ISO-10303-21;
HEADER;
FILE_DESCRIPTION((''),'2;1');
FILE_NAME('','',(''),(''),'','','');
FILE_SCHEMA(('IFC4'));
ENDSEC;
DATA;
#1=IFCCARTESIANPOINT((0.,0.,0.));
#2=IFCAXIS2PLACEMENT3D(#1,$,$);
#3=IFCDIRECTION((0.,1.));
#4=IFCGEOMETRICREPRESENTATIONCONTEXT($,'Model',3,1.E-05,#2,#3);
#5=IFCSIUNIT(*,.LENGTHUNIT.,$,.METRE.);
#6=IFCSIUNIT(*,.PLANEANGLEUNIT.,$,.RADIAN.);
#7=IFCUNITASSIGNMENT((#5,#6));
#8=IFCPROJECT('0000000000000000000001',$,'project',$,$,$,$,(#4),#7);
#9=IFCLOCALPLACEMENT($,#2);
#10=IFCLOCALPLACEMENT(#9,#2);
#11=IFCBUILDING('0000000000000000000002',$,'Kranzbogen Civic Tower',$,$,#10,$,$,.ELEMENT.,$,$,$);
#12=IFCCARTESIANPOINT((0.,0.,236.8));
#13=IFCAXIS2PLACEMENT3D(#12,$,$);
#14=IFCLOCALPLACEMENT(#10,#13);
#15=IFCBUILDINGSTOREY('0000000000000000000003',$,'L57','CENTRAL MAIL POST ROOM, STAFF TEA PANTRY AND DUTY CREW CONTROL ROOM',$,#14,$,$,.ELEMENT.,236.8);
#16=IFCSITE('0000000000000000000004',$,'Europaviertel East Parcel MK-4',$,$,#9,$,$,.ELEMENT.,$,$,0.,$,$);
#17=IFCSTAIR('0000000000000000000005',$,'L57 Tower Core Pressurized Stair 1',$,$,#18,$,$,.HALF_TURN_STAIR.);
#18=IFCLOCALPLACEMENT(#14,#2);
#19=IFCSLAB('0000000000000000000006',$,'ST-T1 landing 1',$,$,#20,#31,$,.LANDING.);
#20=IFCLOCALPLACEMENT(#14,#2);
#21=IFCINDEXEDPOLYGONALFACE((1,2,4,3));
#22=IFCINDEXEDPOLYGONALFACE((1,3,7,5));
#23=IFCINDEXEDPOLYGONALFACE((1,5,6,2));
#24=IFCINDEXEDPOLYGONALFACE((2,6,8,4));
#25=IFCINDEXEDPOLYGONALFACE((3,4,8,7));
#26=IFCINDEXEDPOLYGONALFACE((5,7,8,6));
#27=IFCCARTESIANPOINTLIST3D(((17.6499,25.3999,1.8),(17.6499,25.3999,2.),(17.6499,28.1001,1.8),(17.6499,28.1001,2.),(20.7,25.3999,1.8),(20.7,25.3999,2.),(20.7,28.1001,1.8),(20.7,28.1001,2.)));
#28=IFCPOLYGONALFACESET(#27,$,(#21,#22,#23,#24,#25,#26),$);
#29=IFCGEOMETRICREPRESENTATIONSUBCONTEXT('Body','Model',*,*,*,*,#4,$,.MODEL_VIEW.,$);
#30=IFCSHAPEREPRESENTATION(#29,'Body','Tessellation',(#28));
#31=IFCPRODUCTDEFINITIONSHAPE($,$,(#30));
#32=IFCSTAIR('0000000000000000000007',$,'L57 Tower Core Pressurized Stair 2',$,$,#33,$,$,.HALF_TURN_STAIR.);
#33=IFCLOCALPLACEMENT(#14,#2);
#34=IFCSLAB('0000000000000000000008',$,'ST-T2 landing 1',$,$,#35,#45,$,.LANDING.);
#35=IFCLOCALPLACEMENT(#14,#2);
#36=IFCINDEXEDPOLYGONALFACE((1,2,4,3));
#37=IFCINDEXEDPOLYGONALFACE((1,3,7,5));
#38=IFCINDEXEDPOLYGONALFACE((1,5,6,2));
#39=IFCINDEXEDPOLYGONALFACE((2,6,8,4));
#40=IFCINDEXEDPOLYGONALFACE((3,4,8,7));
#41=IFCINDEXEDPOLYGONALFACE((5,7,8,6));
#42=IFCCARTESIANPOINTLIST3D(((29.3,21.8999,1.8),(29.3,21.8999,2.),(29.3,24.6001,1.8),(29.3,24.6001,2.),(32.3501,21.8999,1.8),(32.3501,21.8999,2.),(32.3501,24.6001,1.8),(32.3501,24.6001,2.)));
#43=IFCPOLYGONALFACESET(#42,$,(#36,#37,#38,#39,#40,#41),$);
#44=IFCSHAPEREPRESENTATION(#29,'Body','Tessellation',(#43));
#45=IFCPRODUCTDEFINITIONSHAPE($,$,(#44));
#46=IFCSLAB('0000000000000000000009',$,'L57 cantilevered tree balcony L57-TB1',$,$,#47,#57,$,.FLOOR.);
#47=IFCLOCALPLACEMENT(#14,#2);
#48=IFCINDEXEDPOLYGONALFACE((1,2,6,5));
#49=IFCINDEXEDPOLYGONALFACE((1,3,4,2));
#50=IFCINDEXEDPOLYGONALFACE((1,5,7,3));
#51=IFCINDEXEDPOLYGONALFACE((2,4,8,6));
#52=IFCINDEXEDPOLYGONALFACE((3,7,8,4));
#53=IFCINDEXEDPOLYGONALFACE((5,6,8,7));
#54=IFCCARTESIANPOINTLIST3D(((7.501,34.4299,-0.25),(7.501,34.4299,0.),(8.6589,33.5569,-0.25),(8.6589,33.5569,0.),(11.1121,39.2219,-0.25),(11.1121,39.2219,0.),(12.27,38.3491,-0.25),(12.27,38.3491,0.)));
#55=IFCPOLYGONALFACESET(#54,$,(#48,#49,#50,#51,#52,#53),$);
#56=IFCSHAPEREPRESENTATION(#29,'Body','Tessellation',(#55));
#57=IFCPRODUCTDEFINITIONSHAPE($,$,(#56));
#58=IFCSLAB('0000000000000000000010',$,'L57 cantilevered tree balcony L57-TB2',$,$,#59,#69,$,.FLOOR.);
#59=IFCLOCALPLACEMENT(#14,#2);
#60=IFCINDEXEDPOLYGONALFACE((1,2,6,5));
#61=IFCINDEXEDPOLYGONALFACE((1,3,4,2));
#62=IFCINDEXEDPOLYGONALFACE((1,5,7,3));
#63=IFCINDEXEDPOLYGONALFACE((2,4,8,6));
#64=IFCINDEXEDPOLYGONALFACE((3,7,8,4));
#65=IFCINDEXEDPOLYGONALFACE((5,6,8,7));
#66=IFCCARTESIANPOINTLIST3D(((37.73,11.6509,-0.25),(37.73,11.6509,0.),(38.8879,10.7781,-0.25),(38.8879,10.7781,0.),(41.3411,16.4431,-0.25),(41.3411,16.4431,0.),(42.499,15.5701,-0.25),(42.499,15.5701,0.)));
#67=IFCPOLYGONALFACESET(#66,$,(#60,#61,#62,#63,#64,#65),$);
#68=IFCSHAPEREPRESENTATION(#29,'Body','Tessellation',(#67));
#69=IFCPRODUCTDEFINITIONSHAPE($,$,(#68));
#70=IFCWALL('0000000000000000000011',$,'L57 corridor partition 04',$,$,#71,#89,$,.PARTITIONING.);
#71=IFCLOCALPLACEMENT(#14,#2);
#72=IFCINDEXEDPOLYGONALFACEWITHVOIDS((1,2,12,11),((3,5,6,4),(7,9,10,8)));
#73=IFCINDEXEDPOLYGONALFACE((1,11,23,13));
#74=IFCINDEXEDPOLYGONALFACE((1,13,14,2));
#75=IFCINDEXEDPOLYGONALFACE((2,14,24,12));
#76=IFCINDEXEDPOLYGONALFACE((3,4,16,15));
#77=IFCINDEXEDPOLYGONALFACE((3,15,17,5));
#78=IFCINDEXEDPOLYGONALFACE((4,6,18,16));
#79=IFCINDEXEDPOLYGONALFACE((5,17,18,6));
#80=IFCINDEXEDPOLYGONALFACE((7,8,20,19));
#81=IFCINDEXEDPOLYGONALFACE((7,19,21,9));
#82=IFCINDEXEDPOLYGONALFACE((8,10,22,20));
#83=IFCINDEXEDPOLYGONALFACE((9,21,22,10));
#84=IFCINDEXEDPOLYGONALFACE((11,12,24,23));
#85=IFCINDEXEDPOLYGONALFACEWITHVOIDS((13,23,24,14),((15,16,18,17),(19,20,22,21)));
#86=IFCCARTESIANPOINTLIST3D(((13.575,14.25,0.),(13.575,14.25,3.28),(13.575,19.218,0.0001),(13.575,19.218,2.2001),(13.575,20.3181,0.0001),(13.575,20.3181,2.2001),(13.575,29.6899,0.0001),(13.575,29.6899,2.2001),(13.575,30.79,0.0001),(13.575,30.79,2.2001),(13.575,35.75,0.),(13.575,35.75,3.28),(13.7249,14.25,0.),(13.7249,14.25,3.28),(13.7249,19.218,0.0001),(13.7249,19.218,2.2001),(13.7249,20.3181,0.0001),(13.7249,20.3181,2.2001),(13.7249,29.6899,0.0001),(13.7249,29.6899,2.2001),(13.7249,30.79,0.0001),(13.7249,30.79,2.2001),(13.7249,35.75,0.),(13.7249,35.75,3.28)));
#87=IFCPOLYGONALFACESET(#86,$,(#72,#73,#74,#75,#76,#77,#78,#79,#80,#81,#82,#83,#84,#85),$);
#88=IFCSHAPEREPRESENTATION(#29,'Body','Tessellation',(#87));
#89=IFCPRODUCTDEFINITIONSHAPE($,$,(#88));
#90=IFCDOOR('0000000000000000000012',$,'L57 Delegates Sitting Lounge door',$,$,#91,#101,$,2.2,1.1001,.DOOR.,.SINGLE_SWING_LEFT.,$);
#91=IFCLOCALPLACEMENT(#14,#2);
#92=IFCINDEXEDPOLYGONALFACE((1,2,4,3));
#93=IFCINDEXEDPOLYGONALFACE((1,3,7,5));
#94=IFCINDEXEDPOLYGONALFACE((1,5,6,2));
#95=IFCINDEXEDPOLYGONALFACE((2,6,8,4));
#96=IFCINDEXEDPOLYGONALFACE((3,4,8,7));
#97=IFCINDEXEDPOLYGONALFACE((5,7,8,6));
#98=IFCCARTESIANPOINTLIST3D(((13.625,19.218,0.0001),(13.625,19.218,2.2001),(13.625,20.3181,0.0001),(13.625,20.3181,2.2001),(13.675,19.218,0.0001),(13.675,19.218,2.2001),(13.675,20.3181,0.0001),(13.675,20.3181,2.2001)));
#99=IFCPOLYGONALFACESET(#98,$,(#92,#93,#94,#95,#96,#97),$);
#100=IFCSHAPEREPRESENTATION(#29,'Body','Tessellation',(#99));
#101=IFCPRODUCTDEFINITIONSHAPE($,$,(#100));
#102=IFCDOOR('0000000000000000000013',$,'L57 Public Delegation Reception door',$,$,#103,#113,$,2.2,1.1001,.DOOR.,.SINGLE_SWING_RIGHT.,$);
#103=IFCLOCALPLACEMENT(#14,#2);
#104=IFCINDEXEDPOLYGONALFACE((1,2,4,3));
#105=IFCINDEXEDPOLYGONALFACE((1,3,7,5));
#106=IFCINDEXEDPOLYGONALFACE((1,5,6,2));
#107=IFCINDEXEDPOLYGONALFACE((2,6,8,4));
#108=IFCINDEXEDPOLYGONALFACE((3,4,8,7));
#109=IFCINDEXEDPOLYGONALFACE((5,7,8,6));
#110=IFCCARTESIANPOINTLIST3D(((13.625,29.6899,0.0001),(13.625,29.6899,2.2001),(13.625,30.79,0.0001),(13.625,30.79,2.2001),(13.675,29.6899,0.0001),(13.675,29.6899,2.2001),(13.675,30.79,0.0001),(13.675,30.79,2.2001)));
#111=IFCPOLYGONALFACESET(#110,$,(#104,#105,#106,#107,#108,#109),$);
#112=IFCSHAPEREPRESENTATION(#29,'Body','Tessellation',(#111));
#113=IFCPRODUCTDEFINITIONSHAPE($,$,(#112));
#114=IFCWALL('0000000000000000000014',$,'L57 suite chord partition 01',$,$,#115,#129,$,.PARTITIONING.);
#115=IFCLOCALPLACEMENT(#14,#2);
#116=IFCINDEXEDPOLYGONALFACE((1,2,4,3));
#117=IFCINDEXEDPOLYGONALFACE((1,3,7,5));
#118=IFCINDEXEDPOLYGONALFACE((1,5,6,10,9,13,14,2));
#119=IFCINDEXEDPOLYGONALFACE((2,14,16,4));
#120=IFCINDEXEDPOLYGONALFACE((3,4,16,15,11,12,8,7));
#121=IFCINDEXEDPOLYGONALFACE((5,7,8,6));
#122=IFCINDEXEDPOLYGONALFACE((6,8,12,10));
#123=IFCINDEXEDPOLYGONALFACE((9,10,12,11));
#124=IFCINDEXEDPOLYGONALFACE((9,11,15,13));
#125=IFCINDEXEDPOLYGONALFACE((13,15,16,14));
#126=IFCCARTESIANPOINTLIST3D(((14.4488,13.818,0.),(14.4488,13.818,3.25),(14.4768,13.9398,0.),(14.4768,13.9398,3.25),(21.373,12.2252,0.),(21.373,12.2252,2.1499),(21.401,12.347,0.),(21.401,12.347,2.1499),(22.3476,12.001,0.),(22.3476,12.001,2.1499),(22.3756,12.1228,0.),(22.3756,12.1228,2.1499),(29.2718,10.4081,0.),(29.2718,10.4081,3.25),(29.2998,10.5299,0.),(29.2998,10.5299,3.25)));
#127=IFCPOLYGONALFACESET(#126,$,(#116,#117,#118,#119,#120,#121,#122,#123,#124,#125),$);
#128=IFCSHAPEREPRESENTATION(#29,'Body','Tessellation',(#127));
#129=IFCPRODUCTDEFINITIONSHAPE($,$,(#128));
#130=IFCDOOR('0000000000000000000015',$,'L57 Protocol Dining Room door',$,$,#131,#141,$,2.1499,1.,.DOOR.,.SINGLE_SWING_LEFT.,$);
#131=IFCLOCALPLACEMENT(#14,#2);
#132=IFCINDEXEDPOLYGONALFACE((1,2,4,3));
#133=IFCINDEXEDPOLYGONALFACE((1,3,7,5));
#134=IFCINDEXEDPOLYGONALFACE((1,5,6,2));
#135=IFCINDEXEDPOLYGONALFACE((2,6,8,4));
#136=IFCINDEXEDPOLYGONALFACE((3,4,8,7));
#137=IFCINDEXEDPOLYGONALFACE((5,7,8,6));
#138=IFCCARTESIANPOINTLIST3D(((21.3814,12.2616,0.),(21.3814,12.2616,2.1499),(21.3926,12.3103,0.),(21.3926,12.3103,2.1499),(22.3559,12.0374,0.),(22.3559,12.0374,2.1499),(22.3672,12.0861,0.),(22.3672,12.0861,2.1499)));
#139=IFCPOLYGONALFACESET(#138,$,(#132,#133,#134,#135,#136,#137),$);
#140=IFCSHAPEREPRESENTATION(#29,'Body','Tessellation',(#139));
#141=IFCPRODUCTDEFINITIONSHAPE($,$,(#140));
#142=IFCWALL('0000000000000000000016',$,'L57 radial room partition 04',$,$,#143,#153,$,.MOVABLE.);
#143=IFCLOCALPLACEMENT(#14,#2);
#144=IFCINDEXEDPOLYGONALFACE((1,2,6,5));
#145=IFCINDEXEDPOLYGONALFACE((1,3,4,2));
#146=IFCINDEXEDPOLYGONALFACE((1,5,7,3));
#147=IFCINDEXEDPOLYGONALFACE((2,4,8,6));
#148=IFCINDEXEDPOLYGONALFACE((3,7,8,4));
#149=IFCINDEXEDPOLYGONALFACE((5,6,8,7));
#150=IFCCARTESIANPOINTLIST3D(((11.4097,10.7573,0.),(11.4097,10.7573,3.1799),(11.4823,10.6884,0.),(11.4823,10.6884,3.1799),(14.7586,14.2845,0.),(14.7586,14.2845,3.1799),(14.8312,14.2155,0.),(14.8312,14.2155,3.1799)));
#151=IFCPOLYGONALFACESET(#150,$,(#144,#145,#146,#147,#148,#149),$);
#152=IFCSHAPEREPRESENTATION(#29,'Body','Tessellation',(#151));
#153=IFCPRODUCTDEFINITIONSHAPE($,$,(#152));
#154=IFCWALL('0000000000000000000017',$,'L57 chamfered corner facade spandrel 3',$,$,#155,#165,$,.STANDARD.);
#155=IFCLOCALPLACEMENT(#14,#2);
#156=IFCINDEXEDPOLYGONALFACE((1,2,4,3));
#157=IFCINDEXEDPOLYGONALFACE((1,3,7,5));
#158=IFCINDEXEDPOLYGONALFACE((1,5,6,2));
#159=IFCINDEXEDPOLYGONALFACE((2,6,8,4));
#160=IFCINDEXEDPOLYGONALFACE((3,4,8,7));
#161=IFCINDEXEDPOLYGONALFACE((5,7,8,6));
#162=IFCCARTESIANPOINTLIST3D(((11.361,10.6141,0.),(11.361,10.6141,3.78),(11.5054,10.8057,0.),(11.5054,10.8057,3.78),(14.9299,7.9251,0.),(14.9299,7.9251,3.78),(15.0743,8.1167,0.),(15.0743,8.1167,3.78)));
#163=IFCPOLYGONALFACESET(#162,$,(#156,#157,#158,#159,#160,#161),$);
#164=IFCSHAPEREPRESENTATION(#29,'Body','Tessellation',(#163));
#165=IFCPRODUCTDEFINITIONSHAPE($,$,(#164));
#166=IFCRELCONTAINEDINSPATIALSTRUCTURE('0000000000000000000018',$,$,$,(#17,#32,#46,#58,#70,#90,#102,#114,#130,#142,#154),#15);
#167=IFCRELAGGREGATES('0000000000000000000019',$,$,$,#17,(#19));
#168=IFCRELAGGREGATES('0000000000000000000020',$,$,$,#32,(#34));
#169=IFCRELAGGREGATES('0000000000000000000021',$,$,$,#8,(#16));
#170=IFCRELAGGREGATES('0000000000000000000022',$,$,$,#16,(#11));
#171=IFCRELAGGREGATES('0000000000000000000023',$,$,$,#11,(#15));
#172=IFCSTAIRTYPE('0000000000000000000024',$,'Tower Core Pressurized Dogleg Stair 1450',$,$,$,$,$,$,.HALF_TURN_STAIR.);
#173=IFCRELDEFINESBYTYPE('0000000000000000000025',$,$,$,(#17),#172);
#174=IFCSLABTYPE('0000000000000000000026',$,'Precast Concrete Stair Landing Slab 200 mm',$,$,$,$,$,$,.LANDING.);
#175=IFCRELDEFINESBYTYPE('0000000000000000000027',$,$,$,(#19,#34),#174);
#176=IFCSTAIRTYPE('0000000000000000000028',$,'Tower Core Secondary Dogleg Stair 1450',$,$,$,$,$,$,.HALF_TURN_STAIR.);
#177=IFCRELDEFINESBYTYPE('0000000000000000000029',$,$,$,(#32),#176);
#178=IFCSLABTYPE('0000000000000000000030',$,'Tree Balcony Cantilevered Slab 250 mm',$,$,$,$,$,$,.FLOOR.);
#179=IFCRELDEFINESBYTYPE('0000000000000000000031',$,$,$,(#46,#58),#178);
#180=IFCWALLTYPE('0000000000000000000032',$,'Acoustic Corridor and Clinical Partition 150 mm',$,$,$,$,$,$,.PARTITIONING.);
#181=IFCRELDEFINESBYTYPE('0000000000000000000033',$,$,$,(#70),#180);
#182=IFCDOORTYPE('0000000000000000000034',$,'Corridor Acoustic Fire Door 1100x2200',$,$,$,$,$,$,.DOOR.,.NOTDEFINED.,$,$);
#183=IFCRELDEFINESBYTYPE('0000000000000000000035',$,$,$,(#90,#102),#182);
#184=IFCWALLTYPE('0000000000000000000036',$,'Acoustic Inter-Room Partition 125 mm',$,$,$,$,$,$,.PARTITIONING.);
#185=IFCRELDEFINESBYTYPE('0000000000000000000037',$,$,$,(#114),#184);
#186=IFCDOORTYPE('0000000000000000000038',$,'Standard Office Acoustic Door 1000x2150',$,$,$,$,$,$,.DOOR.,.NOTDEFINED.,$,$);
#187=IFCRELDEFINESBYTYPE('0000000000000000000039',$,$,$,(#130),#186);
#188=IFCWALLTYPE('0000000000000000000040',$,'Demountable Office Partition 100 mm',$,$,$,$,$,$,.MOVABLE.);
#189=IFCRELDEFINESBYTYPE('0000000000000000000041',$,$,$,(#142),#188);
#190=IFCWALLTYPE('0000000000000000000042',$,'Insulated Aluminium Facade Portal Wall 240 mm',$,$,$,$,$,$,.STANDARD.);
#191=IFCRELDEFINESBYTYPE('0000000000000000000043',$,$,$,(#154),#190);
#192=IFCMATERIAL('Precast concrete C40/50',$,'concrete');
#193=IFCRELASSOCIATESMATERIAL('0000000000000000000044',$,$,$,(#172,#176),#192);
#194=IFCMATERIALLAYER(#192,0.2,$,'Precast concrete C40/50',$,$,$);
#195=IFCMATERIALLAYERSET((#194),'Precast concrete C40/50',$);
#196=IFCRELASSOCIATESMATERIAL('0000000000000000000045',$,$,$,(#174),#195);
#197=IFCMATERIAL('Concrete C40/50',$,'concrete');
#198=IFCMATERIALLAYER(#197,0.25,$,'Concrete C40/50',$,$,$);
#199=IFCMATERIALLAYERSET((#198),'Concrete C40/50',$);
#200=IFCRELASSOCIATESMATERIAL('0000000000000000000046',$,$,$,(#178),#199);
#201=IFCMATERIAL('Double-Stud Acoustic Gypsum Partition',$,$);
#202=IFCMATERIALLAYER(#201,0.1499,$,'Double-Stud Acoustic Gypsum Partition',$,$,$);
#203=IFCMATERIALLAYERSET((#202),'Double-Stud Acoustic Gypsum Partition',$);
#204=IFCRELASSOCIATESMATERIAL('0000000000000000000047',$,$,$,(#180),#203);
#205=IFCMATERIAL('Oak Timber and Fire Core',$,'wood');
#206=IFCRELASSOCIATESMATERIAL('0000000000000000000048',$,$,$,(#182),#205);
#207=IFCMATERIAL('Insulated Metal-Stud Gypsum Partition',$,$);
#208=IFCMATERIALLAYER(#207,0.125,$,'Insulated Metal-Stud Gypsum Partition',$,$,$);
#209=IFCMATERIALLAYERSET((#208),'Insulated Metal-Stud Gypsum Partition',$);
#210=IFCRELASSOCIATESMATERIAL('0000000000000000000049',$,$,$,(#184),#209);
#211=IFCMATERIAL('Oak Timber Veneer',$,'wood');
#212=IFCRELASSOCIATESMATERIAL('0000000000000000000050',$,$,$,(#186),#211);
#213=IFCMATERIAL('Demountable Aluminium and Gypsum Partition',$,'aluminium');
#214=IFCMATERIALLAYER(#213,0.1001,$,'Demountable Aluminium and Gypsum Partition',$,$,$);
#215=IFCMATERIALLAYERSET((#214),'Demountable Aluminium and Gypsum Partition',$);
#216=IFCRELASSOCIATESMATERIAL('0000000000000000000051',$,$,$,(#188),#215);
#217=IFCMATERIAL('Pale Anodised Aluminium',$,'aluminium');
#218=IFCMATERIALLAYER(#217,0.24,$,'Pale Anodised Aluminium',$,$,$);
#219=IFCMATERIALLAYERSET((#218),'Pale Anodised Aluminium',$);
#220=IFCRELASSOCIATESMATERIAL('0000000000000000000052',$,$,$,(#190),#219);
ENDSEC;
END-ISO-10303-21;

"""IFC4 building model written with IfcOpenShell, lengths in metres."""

from ifc_helpers import new_model, si_unit, direction, frame, frame_2d, origin, place, context, subcontext, project, spatial, polyline, rectangle, outline, extrude, material, layer, layer_set, type_object, element, fill, aggregate, save


model = new_model("IFC4")

# Units and contexts
model_context = context("Model", 3, precision=1e-05, world=origin(), true_north=direction((0.0, 1.0)))
body_context = subcontext(model_context, "Body", "Model", "MODEL_VIEW")
ifc_project = project(units=[si_unit("LENGTHUNIT", "METRE"), si_unit("PLANEANGLEUNIT", "RADIAN")], contexts=[model_context])

# Site, building, storey
site_placement = place(None, origin())
site = spatial("IfcSite", under=ifc_project, at=site_placement, Name="Europaviertel East Parcel MK-4", CompositionType="ELEMENT", RefElevation=0.0)
building_placement = place(site_placement, origin())
building = spatial("IfcBuilding", under=site, at=building_placement, Name="Kranzbogen Civic Tower", CompositionType="ELEMENT")
storey_placement = place(building_placement, frame((0.0, 0.0, 236.8)))
storey = spatial("IfcBuildingStorey", under=building, at=storey_placement, Name="L57", Description="CENTRAL MAIL POST ROOM, STAFF TEA PANTRY AND DUTY CREW CONTROL ROOM", CompositionType="ELEMENT", Elevation=236.8)

# Shared definitions
ifc_material_1 = material(Name="Pale Anodised Aluminium", Category="aluminium")

# Shared definitions
ifc_material_2 = material(Name="Concrete C40/50", Category="concrete")

# Stairs, slabs
ifc_material_3 = material(Name="Precast concrete C40/50", Category="concrete")
stair_type_1 = type_object("IfcStairType", Name="Tower Core Pressurized Dogleg Stair 1450", PredefinedType="HALF_TURN_STAIR", material=ifc_material_3)
stair_1_placement = place(storey_placement, origin())
stair_1 = element("IfcStair", 1, at=stair_1_placement, inside=storey, type_object=stair_type_1, Name="L57 Tower Core Pressurized Stair 1", PredefinedType="HALF_TURN_STAIR")
ifc_layer_1 = layer(ifc_material_3, 0.2, Name="Precast concrete C40/50")
ifc_layer_set_1 = layer_set([ifc_layer_1], Name="Precast concrete C40/50")
slab_type_1 = type_object("IfcSlabType", Name="Precast Concrete Stair Landing Slab 200 mm", PredefinedType="LANDING", material=ifc_layer_set_1)
slab_1_placement = place(storey_placement, frame((0.0, 0.0, 1.8)))
slab_1 = element("IfcSlab", 2, at=slab_1_placement, type_object=slab_type_1, Name="ST-T1 landing 1", PredefinedType="LANDING", context=body_context, shape_type="SweptSolid", body=[
    extrude(outline(polyline([(20.7, 25.3999), (20.7, 28.1001), (17.6499, 28.1001), (17.6499, 25.3999), (20.7, 25.3999)])), origin(), (0.0, 0.0, 1.0), 0.2),
])
aggregate(stair_1, [slab_1])
stair_type_2 = type_object("IfcStairType", Name="Tower Core Secondary Dogleg Stair 1450", PredefinedType="HALF_TURN_STAIR", material=ifc_material_3)
stair_2_placement = place(storey_placement, origin())
stair_2 = element("IfcStair", 3, at=stair_2_placement, inside=storey, type_object=stair_type_2, Name="L57 Tower Core Pressurized Stair 2", PredefinedType="HALF_TURN_STAIR")
slab_2_placement = place(storey_placement, frame((0.0, 0.0, 1.8)))
slab_2 = element("IfcSlab", 4, at=slab_2_placement, type_object=slab_type_1, Name="ST-T2 landing 1", PredefinedType="LANDING", context=body_context, shape_type="SweptSolid", body=[
    extrude(outline(polyline([(29.3, 24.6001), (29.3, 21.8999), (32.3501, 21.8999), (32.3501, 24.6001), (29.3, 24.6001)])), origin(), (0.0, 0.0, 1.0), 0.2),
])
aggregate(stair_2, [slab_2])

# Slabs
ifc_layer_2 = layer(ifc_material_2, 0.25, Name="Concrete C40/50")
ifc_layer_set_2 = layer_set([ifc_layer_2], Name="Concrete C40/50")
slab_type_2 = type_object("IfcSlabType", Name="Tree Balcony Cantilevered Slab 250 mm", PredefinedType="FLOOR", material=ifc_layer_set_2)
slab_3_placement = place(storey_placement, frame((0.0, 0.0, -0.25)))
element("IfcSlab", 5, at=slab_3_placement, inside=storey, type_object=slab_type_2, Name="L57 cantilevered tree balcony L57-TB1", PredefinedType="FLOOR", context=body_context, shape_type="SweptSolid", body=[
    extrude(outline(polyline([(12.27, 38.3491), (8.6589, 33.5569), (7.501, 34.4299), (11.1121, 39.2219), (12.27, 38.3491)])), origin(), (0.0, 0.0, 1.0), 0.25),
])
slab_4_placement = place(storey_placement, frame((0.0, 0.0, -0.25)))
element("IfcSlab", 6, at=slab_4_placement, inside=storey, type_object=slab_type_2, Name="L57 cantilevered tree balcony L57-TB2", PredefinedType="FLOOR", context=body_context, shape_type="SweptSolid", body=[
    extrude(outline(polyline([(37.73, 11.6509), (41.3411, 16.4431), (42.499, 15.5701), (38.8879, 10.7781), (37.73, 11.6509)])), origin(), (0.0, 0.0, 1.0), 0.25),
])

# Wall, openings, doors
ifc_material_4 = material(Name="Double-Stud Acoustic Gypsum Partition")
ifc_layer_3 = layer(ifc_material_4, 0.1499, Name="Double-Stud Acoustic Gypsum Partition")
ifc_layer_set_3 = layer_set([ifc_layer_3], Name="Double-Stud Acoustic Gypsum Partition")
wall_type_1 = type_object("IfcWallType", Name="Acoustic Corridor and Clinical Partition 150 mm", PredefinedType="PARTITIONING", material=ifc_layer_set_3)
wall_1_placement = place(storey_placement, frame((13.6499, 14.25, 0.0), z_axis=(0.0, 0.0, 1.0), x_axis=(0.0, 1.0, 0.0)))
wall_1 = element("IfcWall", 7, at=wall_1_placement, inside=storey, type_object=wall_type_1, Name="L57 corridor partition 04", PredefinedType="PARTITIONING", context=body_context, shape_type="SweptSolid", body=[
    extrude(rectangle(XDim=21.5, YDim=0.1499, at=frame_2d((10.75, 0.0))), origin(), (0.0, 0.0, 1.0), 3.28),
])
opening_1_placement = place(wall_1_placement, frame((4.968, 0.0, 0.0)))
opening_1 = element("IfcOpeningElement", 8, at=opening_1_placement, cuts=wall_1, PredefinedType="OPENING", context=body_context, shape_type="SweptSolid", body=[
    extrude(rectangle(XDim=1.1001, YDim=2.2, at=frame_2d((0.55, 1.1001))), frame((0.0, 0.085, 0.0), z_axis=(0.0, -1.0, 0.0), x_axis=(1.0, 0.0, 0.0)), (0.0, 0.0, 1.0), 0.1699),
])
opening_2_placement = place(wall_1_placement, frame((15.4399, 0.0, 0.0)))
opening_2 = element("IfcOpeningElement", 9, at=opening_2_placement, cuts=wall_1, PredefinedType="OPENING", context=body_context, shape_type="SweptSolid", body=[
    extrude(rectangle(XDim=1.1001, YDim=2.2, at=frame_2d((0.55, 1.1001))), frame((0.0, 0.085, 0.0), z_axis=(0.0, -1.0, 0.0), x_axis=(1.0, 0.0, 0.0)), (0.0, 0.0, 1.0), 0.1699),
])
ifc_material_5 = material(Name="Oak Timber and Fire Core", Category="wood")
door_type_1 = type_object("IfcDoorType", Name="Corridor Acoustic Fire Door 1100x2200", OperationType="NOTDEFINED", PredefinedType="DOOR", material=ifc_material_5)
door_1_placement = place(opening_1_placement, origin())
door_1 = element("IfcDoor", 10, at=door_1_placement, inside=storey, type_object=door_type_1, Name="L57 Delegates Sitting Lounge door", OperationType="SINGLE_SWING_LEFT", OverallHeight=2.2, OverallWidth=1.1001, PredefinedType="DOOR", context=body_context, shape_type="SweptSolid", body=[
    extrude(rectangle(XDim=1.1001, YDim=2.2, at=frame_2d((0.55, 1.1001))), frame((0.0, 0.0249, 0.0), z_axis=(0.0, -1.0, 0.0), x_axis=(1.0, 0.0, 0.0)), (0.0, 0.0, 1.0), 0.05),
])
fill(opening_1, door_1)
door_2_placement = place(opening_2_placement, origin())
door_2 = element("IfcDoor", 11, at=door_2_placement, inside=storey, type_object=door_type_1, Name="L57 Public Delegation Reception door", OperationType="SINGLE_SWING_RIGHT", OverallHeight=2.2, OverallWidth=1.1001, PredefinedType="DOOR", context=body_context, shape_type="SweptSolid", body=[
    extrude(rectangle(XDim=1.1001, YDim=2.2, at=frame_2d((0.55, 1.1001))), frame((0.0, 0.0249, 0.0), z_axis=(0.0, -1.0, 0.0), x_axis=(1.0, 0.0, 0.0)), (0.0, 0.0, 1.0), 0.05),
])
fill(opening_2, door_2)

# Wall, opening, door
ifc_material_6 = material(Name="Insulated Metal-Stud Gypsum Partition")
ifc_layer_4 = layer(ifc_material_6, 0.125, Name="Insulated Metal-Stud Gypsum Partition")
ifc_layer_set_4 = layer_set([ifc_layer_4], Name="Insulated Metal-Stud Gypsum Partition")
wall_type_2 = type_object("IfcWallType", Name="Acoustic Inter-Room Partition 125 mm", PredefinedType="PARTITIONING", material=ifc_layer_set_4)
wall_2_placement = place(storey_placement, frame((14.4629, 13.8789, 0.0), z_axis=(0.0, 0.0, 1.0), x_axis=(0.974546, -0.224187, 0.0)))
wall_2 = element("IfcWall", 12, at=wall_2_placement, inside=storey, type_object=wall_type_2, Name="L57 suite chord partition 01", PredefinedType="PARTITIONING", context=body_context, shape_type="SweptSolid", body=[
    extrude(rectangle(XDim=15.2102, YDim=0.125, at=frame_2d((7.605, 0.0))), origin(), (0.0, 0.0, 1.0), 3.25),
])
opening_3_placement = place(wall_2_placement, frame((7.105, 0.0, 0.0)))
opening_3 = element("IfcOpeningElement", 13, at=opening_3_placement, cuts=wall_2, PredefinedType="OPENING", context=body_context, shape_type="SweptSolid", body=[
    extrude(rectangle(XDim=1.0, YDim=2.1499, at=frame_2d((0.5, 1.075))), frame((0.0, 0.0725, 0.0), z_axis=(0.0, -1.0, 0.0), x_axis=(1.0, 0.0, 0.0)), (0.0, 0.0, 1.0), 0.145),
])
ifc_material_7 = material(Name="Oak Timber Veneer", Category="wood")
door_type_2 = type_object("IfcDoorType", Name="Standard Office Acoustic Door 1000x2150", OperationType="NOTDEFINED", PredefinedType="DOOR", material=ifc_material_7)
door_3_placement = place(opening_3_placement, origin())
door_3 = element("IfcDoor", 14, at=door_3_placement, inside=storey, type_object=door_type_2, Name="L57 Protocol Dining Room door", OperationType="SINGLE_SWING_LEFT", OverallHeight=2.1499, OverallWidth=1.0, PredefinedType="DOOR", context=body_context, shape_type="SweptSolid", body=[
    extrude(rectangle(XDim=1.0, YDim=2.1499, at=frame_2d((0.5, 1.075))), frame((0.0, 0.0249, 0.0), z_axis=(0.0, -1.0, 0.0), x_axis=(1.0, 0.0, 0.0)), (0.0, 0.0, 1.0), 0.05),
])
fill(opening_3, door_3)

# Walls
ifc_material_8 = material(Name="Demountable Aluminium and Gypsum Partition", Category="aluminium")
ifc_layer_5 = layer(ifc_material_8, 0.1001, Name="Demountable Aluminium and Gypsum Partition")
ifc_layer_set_5 = layer_set([ifc_layer_5], Name="Demountable Aluminium and Gypsum Partition")
wall_type_3 = type_object("IfcWallType", Name="Demountable Office Partition 100 mm", PredefinedType="MOVABLE", material=ifc_layer_set_5)
wall_3_placement = place(storey_placement, frame((14.7949, 14.25, 0.0), z_axis=(0.0, 0.0, 1.0), x_axis=(-0.688548, -0.725191, 0.0)))
element("IfcWall", 15, at=wall_3_placement, inside=storey, type_object=wall_type_3, Name="L57 radial room partition 04", PredefinedType="MOVABLE", context=body_context, shape_type="SweptSolid", body=[
    extrude(rectangle(XDim=4.8638, YDim=0.1001, at=frame_2d((2.4319, 0.0))), origin(), (0.0, 0.0, 1.0), 3.1799),
])
ifc_layer_6 = layer(ifc_material_1, 0.24, Name="Pale Anodised Aluminium")
ifc_layer_set_6 = layer_set([ifc_layer_6], Name="Pale Anodised Aluminium")
wall_type_4 = type_object("IfcWallType", Name="Insulated Aluminium Facade Portal Wall 240 mm", PredefinedType="STANDARD", material=ifc_layer_set_6)
wall_4_placement = place(storey_placement, frame((11.4331, 10.71, 0.0), z_axis=(0.0, 0.0, 1.0), x_axis=(0.798674, -0.601764, 0.0)))
element("IfcWall", 16, at=wall_4_placement, inside=storey, type_object=wall_type_4, Name="L57 chamfered corner facade spandrel 3", PredefinedType="STANDARD", context=body_context, shape_type="SweptSolid", body=[
    extrude(rectangle(XDim=4.4685, YDim=0.24, at=frame_2d((2.2344, 0.0))), origin(), (0.0, 0.0, 1.0), 3.78),
])

save(model, "model.ifc")
